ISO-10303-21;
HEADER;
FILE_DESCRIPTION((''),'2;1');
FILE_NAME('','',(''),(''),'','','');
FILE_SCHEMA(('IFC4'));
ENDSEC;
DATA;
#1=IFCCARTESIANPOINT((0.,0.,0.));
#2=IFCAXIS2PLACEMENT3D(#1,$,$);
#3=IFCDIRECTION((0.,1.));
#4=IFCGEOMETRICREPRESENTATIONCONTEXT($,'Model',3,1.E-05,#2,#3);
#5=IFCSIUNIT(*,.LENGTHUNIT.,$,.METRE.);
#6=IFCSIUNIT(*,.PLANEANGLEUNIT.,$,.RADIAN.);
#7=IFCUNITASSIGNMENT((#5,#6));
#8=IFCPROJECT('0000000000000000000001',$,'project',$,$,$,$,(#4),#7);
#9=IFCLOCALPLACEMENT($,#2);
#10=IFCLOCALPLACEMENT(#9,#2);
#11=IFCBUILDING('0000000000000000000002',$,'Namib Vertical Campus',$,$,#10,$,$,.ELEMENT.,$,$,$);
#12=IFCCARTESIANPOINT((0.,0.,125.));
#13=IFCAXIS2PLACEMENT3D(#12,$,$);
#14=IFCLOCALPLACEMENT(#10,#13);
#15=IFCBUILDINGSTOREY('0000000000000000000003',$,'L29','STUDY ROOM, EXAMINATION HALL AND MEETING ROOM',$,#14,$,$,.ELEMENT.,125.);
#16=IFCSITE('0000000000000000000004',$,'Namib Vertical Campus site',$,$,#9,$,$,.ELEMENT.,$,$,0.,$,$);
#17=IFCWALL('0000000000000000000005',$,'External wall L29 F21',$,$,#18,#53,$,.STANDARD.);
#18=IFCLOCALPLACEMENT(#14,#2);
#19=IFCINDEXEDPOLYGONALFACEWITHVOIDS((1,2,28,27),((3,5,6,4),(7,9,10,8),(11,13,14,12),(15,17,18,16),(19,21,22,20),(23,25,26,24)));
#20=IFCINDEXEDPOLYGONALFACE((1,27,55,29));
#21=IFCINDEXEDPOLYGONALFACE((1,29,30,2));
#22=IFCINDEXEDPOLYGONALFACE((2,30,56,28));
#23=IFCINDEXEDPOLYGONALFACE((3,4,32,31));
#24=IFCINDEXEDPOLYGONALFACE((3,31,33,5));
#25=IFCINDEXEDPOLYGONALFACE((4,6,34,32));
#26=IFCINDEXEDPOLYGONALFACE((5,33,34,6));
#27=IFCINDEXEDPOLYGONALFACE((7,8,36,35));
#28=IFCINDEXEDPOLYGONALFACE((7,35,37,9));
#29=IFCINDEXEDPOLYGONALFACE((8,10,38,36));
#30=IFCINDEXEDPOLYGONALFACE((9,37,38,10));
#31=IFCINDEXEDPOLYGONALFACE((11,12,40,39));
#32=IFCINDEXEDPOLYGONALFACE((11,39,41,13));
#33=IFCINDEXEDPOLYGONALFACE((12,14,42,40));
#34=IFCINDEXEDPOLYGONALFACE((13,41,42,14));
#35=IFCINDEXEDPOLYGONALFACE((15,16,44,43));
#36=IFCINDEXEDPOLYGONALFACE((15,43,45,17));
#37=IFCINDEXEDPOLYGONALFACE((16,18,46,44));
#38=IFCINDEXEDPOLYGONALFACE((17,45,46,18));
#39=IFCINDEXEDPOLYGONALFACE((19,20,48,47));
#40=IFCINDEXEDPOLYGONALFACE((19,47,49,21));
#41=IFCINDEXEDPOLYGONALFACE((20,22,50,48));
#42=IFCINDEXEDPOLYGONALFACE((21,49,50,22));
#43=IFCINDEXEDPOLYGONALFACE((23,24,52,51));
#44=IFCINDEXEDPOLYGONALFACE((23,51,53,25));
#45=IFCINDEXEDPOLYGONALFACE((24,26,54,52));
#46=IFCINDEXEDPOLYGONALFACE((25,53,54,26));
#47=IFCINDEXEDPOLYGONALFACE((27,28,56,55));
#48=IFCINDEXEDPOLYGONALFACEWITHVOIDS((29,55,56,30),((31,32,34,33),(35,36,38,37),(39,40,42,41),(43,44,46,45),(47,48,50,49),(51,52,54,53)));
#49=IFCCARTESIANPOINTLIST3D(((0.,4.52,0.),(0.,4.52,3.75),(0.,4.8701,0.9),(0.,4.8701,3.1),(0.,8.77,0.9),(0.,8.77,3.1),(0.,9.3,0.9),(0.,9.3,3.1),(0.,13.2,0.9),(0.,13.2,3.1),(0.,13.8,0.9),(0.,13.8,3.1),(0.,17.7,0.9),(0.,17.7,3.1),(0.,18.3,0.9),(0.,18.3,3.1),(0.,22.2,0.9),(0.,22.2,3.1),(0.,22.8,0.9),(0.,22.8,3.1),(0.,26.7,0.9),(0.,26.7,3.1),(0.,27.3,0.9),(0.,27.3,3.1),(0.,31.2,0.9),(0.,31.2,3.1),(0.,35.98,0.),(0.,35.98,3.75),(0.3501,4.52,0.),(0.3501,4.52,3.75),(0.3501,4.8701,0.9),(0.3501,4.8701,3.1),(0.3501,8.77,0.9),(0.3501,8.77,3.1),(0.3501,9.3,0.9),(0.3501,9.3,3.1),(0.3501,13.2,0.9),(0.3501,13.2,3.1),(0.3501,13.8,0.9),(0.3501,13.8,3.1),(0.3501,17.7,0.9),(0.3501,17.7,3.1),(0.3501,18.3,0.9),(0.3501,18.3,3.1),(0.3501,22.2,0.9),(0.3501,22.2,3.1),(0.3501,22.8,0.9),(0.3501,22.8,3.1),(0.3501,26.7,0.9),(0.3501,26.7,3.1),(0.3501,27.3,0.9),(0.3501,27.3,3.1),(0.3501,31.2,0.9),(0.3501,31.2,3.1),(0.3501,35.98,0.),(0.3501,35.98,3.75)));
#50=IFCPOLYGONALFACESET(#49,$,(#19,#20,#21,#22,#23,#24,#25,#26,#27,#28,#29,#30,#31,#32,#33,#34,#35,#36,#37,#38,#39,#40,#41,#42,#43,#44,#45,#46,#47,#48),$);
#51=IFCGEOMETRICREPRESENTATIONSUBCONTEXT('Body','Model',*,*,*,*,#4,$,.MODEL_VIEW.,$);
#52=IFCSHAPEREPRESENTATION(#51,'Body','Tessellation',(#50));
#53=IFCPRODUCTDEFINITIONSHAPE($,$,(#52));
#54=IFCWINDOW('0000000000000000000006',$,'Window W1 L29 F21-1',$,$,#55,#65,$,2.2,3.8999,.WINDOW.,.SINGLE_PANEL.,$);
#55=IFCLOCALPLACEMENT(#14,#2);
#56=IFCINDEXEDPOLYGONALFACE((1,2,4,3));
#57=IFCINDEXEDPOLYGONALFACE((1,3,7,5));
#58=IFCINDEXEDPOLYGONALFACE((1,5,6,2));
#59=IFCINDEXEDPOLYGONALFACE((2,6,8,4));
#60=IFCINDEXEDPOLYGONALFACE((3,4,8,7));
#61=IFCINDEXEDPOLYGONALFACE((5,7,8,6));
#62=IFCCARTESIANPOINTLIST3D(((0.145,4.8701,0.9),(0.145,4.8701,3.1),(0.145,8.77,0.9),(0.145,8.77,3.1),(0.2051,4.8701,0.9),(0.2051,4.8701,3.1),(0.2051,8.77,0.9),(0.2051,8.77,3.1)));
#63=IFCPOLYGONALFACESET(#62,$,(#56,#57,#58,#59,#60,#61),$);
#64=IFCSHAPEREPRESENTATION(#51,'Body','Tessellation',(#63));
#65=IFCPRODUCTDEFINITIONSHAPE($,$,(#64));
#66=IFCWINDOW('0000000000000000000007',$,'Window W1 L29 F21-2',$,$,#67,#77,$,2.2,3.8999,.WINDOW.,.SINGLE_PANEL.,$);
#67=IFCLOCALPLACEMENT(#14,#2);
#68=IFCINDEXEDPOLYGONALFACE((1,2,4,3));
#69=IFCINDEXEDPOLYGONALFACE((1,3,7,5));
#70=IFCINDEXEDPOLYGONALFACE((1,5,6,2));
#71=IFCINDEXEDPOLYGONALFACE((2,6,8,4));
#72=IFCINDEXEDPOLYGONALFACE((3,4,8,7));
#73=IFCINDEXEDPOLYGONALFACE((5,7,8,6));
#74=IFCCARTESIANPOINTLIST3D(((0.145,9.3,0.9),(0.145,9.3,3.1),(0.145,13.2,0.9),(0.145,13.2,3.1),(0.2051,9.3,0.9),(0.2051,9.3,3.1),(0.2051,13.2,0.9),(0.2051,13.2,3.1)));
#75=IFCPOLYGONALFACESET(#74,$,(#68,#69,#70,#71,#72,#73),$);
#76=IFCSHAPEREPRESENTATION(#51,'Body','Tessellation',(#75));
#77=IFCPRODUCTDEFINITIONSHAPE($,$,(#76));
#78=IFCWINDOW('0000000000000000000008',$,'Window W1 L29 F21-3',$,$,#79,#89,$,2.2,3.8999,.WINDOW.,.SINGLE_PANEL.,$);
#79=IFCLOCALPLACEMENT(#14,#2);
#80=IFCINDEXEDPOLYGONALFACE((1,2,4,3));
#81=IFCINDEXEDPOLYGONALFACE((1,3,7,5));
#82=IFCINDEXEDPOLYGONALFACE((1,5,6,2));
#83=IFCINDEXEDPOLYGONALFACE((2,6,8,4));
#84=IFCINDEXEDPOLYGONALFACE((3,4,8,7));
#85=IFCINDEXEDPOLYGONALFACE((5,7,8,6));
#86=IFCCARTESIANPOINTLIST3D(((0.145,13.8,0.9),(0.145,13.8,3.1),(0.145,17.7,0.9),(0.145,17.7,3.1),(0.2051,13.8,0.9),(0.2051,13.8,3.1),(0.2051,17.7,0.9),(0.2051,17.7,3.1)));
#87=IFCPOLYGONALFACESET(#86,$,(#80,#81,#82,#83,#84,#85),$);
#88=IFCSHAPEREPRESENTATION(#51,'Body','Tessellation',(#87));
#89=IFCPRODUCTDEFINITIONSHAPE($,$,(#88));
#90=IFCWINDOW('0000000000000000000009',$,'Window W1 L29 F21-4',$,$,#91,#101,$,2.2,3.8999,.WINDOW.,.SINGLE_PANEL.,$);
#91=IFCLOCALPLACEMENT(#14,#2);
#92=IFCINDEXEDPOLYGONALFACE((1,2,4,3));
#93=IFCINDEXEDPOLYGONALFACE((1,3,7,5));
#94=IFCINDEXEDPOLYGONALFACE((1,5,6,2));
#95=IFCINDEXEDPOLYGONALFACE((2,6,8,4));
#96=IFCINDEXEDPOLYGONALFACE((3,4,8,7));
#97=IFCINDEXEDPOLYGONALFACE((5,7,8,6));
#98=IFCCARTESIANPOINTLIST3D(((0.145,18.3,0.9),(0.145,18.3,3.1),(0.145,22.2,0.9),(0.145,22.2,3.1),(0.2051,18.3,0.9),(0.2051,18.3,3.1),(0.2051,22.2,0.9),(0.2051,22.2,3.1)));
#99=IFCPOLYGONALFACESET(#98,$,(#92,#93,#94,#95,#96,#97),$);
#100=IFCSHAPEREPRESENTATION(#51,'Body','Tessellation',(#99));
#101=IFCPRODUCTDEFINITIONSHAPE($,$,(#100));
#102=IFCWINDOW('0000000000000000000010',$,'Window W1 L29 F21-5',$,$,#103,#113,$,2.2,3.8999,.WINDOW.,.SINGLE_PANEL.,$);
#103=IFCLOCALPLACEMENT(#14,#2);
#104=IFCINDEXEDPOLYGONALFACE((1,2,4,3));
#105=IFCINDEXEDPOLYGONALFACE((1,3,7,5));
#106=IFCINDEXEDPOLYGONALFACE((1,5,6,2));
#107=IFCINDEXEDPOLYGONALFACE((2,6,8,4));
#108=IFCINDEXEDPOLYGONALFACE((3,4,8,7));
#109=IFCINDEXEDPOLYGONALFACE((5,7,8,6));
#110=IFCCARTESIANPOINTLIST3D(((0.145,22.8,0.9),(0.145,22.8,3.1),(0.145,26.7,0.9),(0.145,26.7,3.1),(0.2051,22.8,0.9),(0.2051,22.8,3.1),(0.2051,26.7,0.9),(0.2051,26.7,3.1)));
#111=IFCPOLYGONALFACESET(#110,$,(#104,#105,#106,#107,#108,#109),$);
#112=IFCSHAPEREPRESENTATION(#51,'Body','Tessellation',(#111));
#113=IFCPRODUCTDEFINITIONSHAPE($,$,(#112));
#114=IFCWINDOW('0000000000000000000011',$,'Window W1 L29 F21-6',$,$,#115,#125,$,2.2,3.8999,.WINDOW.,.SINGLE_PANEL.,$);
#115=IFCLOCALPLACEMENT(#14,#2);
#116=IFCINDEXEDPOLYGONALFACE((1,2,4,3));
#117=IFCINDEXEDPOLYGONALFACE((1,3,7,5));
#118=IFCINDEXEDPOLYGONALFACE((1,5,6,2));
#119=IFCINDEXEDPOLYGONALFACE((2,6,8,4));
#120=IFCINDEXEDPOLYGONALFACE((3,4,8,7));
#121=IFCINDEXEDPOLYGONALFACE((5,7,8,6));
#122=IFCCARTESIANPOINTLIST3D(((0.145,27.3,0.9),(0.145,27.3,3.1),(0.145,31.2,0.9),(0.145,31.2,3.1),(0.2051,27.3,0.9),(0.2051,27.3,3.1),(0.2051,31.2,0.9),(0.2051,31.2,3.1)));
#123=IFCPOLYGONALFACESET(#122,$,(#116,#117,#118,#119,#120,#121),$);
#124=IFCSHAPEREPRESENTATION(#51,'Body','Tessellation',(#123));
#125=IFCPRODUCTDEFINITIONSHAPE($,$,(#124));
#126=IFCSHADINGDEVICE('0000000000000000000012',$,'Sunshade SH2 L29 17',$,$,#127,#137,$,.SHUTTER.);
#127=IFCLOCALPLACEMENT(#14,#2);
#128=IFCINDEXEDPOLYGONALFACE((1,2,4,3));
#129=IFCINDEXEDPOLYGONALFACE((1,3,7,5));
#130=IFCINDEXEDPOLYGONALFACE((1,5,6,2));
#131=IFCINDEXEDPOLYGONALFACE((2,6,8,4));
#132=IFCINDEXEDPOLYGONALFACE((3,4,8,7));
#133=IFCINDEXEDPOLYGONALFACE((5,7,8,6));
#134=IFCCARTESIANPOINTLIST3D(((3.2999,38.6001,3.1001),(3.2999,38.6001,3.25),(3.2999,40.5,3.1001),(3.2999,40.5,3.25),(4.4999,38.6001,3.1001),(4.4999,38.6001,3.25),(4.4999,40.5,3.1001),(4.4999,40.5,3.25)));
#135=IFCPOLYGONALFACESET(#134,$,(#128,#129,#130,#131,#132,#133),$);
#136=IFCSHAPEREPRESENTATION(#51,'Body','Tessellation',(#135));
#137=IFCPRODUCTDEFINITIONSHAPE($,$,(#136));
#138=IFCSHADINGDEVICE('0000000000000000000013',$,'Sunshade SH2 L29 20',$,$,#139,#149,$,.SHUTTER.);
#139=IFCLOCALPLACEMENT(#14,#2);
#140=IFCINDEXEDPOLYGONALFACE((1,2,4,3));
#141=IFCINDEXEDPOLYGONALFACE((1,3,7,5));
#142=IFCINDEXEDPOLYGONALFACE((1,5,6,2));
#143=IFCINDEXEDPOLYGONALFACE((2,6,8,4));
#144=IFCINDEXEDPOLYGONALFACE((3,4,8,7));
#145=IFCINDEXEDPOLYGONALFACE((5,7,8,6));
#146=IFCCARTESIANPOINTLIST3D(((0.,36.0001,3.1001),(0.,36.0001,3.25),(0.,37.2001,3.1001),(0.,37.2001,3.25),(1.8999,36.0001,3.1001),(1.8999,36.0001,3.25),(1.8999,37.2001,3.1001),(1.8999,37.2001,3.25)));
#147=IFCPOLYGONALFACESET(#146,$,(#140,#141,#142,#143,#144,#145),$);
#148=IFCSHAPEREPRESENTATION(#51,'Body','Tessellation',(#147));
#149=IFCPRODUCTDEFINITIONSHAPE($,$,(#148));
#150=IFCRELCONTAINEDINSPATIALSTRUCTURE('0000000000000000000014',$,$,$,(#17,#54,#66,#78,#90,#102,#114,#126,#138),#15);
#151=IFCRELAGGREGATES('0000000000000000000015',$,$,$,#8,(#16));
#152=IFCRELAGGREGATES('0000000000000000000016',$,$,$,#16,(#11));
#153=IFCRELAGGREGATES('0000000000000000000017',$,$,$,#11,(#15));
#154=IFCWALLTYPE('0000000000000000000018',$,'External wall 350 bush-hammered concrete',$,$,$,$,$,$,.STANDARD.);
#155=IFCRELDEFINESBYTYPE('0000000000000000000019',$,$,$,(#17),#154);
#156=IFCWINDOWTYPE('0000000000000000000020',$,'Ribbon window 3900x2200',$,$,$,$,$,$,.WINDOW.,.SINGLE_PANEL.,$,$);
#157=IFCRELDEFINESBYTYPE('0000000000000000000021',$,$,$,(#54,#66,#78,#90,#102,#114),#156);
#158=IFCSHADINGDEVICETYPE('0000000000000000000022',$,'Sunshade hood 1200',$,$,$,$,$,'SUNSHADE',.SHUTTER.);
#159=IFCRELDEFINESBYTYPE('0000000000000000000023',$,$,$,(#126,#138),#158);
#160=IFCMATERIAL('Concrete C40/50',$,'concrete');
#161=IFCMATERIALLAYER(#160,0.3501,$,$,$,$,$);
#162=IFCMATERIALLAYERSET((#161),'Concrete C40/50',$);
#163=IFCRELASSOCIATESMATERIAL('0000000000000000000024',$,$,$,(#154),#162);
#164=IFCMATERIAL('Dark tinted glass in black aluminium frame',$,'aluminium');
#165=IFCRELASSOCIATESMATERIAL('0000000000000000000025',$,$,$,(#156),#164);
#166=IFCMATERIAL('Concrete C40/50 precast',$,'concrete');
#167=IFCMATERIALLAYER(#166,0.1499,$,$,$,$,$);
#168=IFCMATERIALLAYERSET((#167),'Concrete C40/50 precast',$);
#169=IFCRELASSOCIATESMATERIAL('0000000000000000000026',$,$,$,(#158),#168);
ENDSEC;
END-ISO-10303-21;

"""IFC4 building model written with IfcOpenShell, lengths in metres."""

from ifc_helpers import new_model, si_unit, direction, frame, frame_2d, origin, origin_2d, place, context, subcontext, project, spatial, rectangle, extrude, material, layer, layer_set, type_object, element, fill, save


model = new_model("IFC4")

# Units and contexts
model_context = context("Model", 3, precision=1e-05, world=origin(), true_north=direction((0.0, 1.0)))
body_context = subcontext(model_context, "Body", "Model", "MODEL_VIEW")
ifc_project = project(units=[si_unit("LENGTHUNIT", "METRE"), si_unit("PLANEANGLEUNIT", "RADIAN")], contexts=[model_context])

# Site, building, storey
site_placement = place(None, origin())
site = spatial("IfcSite", under=ifc_project, at=site_placement, Name="Namib Vertical Campus site", CompositionType="ELEMENT", RefElevation=0.0)
building_placement = place(site_placement, origin())
building = spatial("IfcBuilding", under=site, at=building_placement, Name="Namib Vertical Campus", CompositionType="ELEMENT")
storey_placement = place(building_placement, frame((0.0, 0.0, 125.0)))
storey = spatial("IfcBuildingStorey", under=building, at=storey_placement, Name="L29", Description="STUDY ROOM, EXAMINATION HALL AND MEETING ROOM", CompositionType="ELEMENT", Elevation=125.0)

# Shared definitions
ifc_material_1 = material(Name="Concrete C40/50", Category="concrete")
ifc_layer_1 = layer(ifc_material_1, 0.3501)
ifc_layer_set_1 = layer_set([ifc_layer_1], Name="Concrete C40/50")
wall_type = type_object("IfcWallType", Name="External wall 350 bush-hammered concrete", PredefinedType="STANDARD", material=ifc_layer_set_1)

# Wall, openings, windows
wall_1_placement = place(storey_placement, frame((0.175, 35.98, 0.0), z_axis=(0.0, 0.0, 1.0), x_axis=(0.0, -1.0, 0.0)))
wall_1 = element("IfcWall", 1, at=wall_1_placement, inside=storey, type_object=wall_type, Name="External wall L29 F21", PredefinedType="STANDARD", context=body_context, shape_type="SweptSolid", body=[
    extrude(rectangle(XDim=31.46, YDim=0.3501, at=frame_2d((15.73, 0.0))), origin(), (0.0, 0.0, 1.0), 3.75),
])
opening_1_placement = place(wall_1_placement, frame((27.21, 0.0, 0.8999)))
opening_1 = element("IfcOpeningElement", 2, at=opening_1_placement, cuts=wall_1, PredefinedType="OPENING", context=body_context, shape_type="SweptSolid", body=[
    extrude(rectangle(XDim=3.8999, YDim=2.2, at=frame_2d((1.95, 1.1001))), frame((0.0, 0.1851, 0.0), z_axis=(0.0, -1.0, 0.0), x_axis=(1.0, 0.0, 0.0)), (0.0, 0.0, 1.0), 0.3701),
])
opening_2_placement = place(wall_1_placement, frame((22.78, 0.0, 0.8999)))
opening_2 = element("IfcOpeningElement", 3, at=opening_2_placement, cuts=wall_1, PredefinedType="OPENING", context=body_context, shape_type="SweptSolid", body=[
    extrude(rectangle(XDim=3.8999, YDim=2.2, at=frame_2d((1.95, 1.1001))), frame((0.0, 0.1851, 0.0), z_axis=(0.0, -1.0, 0.0), x_axis=(1.0, 0.0, 0.0)), (0.0, 0.0, 1.0), 0.3701),
])
opening_3_placement = place(wall_1_placement, frame((18.28, 0.0, 0.8999)))
opening_3 = element("IfcOpeningElement", 4, at=opening_3_placement, cuts=wall_1, PredefinedType="OPENING", context=body_context, shape_type="SweptSolid", body=[
    extrude(rectangle(XDim=3.8999, YDim=2.2, at=frame_2d((1.95, 1.1001))), frame((0.0, 0.1851, 0.0), z_axis=(0.0, -1.0, 0.0), x_axis=(1.0, 0.0, 0.0)), (0.0, 0.0, 1.0), 0.3701),
])
opening_4_placement = place(wall_1_placement, frame((13.78, 0.0, 0.8999)))
opening_4 = element("IfcOpeningElement", 5, at=opening_4_placement, cuts=wall_1, PredefinedType="OPENING", context=body_context, shape_type="SweptSolid", body=[
    extrude(rectangle(XDim=3.8999, YDim=2.2, at=frame_2d((1.95, 1.1001))), frame((0.0, 0.1851, 0.0), z_axis=(0.0, -1.0, 0.0), x_axis=(1.0, 0.0, 0.0)), (0.0, 0.0, 1.0), 0.3701),
])
opening_5_placement = place(wall_1_placement, frame((9.28, 0.0, 0.8999)))
opening_5 = element("IfcOpeningElement", 6, at=opening_5_placement, cuts=wall_1, PredefinedType="OPENING", context=body_context, shape_type="SweptSolid", body=[
    extrude(rectangle(XDim=3.8999, YDim=2.2, at=frame_2d((1.95, 1.1001))), frame((0.0, 0.1851, 0.0), z_axis=(0.0, -1.0, 0.0), x_axis=(1.0, 0.0, 0.0)), (0.0, 0.0, 1.0), 0.3701),
])
opening_6_placement = place(wall_1_placement, frame((4.78, 0.0, 0.8999)))
opening_6 = element("IfcOpeningElement", 7, at=opening_6_placement, cuts=wall_1, PredefinedType="OPENING", context=body_context, shape_type="SweptSolid", body=[
    extrude(rectangle(XDim=3.8999, YDim=2.2, at=frame_2d((1.95, 1.1001))), frame((0.0, 0.1851, 0.0), z_axis=(0.0, -1.0, 0.0), x_axis=(1.0, 0.0, 0.0)), (0.0, 0.0, 1.0), 0.3701),
])
ifc_material_2 = material(Name="Dark tinted glass in black aluminium frame", Category="aluminium")
window_type = type_object("IfcWindowType", Name="Ribbon window 3900x2200", PartitioningType="SINGLE_PANEL", PredefinedType="WINDOW", material=ifc_material_2)
window_1_placement = place(opening_1_placement, origin())
window_1 = element("IfcWindow", 8, at=window_1_placement, inside=storey, type_object=window_type, Name="Window W1 L29 F21-1", OverallHeight=2.2, OverallWidth=3.8999, PartitioningType="SINGLE_PANEL", PredefinedType="WINDOW", context=body_context, shape_type="SweptSolid", body=[
    extrude(rectangle(XDim=3.8999, YDim=2.2, at=frame_2d((1.95, 1.1001))), frame((0.0, 0.03, 0.0), z_axis=(0.0, -1.0, 0.0), x_axis=(1.0, 0.0, 0.0)), (0.0, 0.0, 1.0), 0.0601),
])
fill(opening_1, window_1)
window_2_placement = place(opening_2_placement, origin())
window_2 = element("IfcWindow", 9, at=window_2_placement, inside=storey, type_object=window_type, Name="Window W1 L29 F21-2", OverallHeight=2.2, OverallWidth=3.8999, PartitioningType="SINGLE_PANEL", PredefinedType="WINDOW", context=body_context, shape_type="SweptSolid", body=[
    extrude(rectangle(XDim=3.8999, YDim=2.2, at=frame_2d((1.95, 1.1001))), frame((0.0, 0.03, 0.0), z_axis=(0.0, -1.0, 0.0), x_axis=(1.0, 0.0, 0.0)), (0.0, 0.0, 1.0), 0.0601),
])
fill(opening_2, window_2)
window_3_placement = place(opening_3_placement, origin())
window_3 = element("IfcWindow", 10, at=window_3_placement, inside=storey, type_object=window_type, Name="Window W1 L29 F21-3", OverallHeight=2.2, OverallWidth=3.8999, PartitioningType="SINGLE_PANEL", PredefinedType="WINDOW", context=body_context, shape_type="SweptSolid", body=[
    extrude(rectangle(XDim=3.8999, YDim=2.2, at=frame_2d((1.95, 1.1001))), frame((0.0, 0.03, 0.0), z_axis=(0.0, -1.0, 0.0), x_axis=(1.0, 0.0, 0.0)), (0.0, 0.0, 1.0), 0.0601),
])
fill(opening_3, window_3)
window_4_placement = place(opening_4_placement, origin())
window_4 = element("IfcWindow", 11, at=window_4_placement, inside=storey, type_object=window_type, Name="Window W1 L29 F21-4", OverallHeight=2.2, OverallWidth=3.8999, PartitioningType="SINGLE_PANEL", PredefinedType="WINDOW", context=body_context, shape_type="SweptSolid", body=[
    extrude(rectangle(XDim=3.8999, YDim=2.2, at=frame_2d((1.95, 1.1001))), frame((0.0, 0.03, 0.0), z_axis=(0.0, -1.0, 0.0), x_axis=(1.0, 0.0, 0.0)), (0.0, 0.0, 1.0), 0.0601),
])
fill(opening_4, window_4)
window_5_placement = place(opening_5_placement, origin())
window_5 = element("IfcWindow", 12, at=window_5_placement, inside=storey, type_object=window_type, Name="Window W1 L29 F21-5", OverallHeight=2.2, OverallWidth=3.8999, PartitioningType="SINGLE_PANEL", PredefinedType="WINDOW", context=body_context, shape_type="SweptSolid", body=[
    extrude(rectangle(XDim=3.8999, YDim=2.2, at=frame_2d((1.95, 1.1001))), frame((0.0, 0.03, 0.0), z_axis=(0.0, -1.0, 0.0), x_axis=(1.0, 0.0, 0.0)), (0.0, 0.0, 1.0), 0.0601),
])
fill(opening_5, window_5)
window_6_placement = place(opening_6_placement, origin())
window_6 = element("IfcWindow", 13, at=window_6_placement, inside=storey, type_object=window_type, Name="Window W1 L29 F21-6", OverallHeight=2.2, OverallWidth=3.8999, PartitioningType="SINGLE_PANEL", PredefinedType="WINDOW", context=body_context, shape_type="SweptSolid", body=[
    extrude(rectangle(XDim=3.8999, YDim=2.2, at=frame_2d((1.95, 1.1001))), frame((0.0, 0.03, 0.0), z_axis=(0.0, -1.0, 0.0), x_axis=(1.0, 0.0, 0.0)), (0.0, 0.0, 1.0), 0.0601),
])
fill(opening_6, window_6)

# Shading devices
ifc_material_3 = material(Name="Concrete C40/50 precast", Category="concrete")
ifc_layer_2 = layer(ifc_material_3, 0.1499)
ifc_layer_set_2 = layer_set([ifc_layer_2], Name="Concrete C40/50 precast")
shading_device_type = type_object("IfcShadingDeviceType", Name="Sunshade hood 1200", ElementType="SUNSHADE", PredefinedType="SHUTTER", material=ifc_layer_set_2)
for number, where, z_axis, x_axis, name in (
    (14, (3.8999, 39.55, 3.1001), (0.0, 0.0, 1.0), (0.0, -1.0, 0.0), "Sunshade SH2 L29 17"),
    (15, (0.95, 36.6001, 3.1001), (0.0, 0.0, 1.0), (-1.0, 0.0, 0.0), "Sunshade SH2 L29 20"),
):
    element("IfcShadingDevice", number, at=place(storey_placement, frame(where, z_axis=z_axis, x_axis=x_axis)), inside=storey, type_object=shading_device_type, Name=name, PredefinedType="SHUTTER", context=body_context, shape_type="SweptSolid", body=[
        extrude(rectangle(XDim=1.8999, YDim=1.2, at=origin_2d()), origin(), (0.0, 0.0, 1.0), 0.1499),
    ])

save(model, "model.ifc")
